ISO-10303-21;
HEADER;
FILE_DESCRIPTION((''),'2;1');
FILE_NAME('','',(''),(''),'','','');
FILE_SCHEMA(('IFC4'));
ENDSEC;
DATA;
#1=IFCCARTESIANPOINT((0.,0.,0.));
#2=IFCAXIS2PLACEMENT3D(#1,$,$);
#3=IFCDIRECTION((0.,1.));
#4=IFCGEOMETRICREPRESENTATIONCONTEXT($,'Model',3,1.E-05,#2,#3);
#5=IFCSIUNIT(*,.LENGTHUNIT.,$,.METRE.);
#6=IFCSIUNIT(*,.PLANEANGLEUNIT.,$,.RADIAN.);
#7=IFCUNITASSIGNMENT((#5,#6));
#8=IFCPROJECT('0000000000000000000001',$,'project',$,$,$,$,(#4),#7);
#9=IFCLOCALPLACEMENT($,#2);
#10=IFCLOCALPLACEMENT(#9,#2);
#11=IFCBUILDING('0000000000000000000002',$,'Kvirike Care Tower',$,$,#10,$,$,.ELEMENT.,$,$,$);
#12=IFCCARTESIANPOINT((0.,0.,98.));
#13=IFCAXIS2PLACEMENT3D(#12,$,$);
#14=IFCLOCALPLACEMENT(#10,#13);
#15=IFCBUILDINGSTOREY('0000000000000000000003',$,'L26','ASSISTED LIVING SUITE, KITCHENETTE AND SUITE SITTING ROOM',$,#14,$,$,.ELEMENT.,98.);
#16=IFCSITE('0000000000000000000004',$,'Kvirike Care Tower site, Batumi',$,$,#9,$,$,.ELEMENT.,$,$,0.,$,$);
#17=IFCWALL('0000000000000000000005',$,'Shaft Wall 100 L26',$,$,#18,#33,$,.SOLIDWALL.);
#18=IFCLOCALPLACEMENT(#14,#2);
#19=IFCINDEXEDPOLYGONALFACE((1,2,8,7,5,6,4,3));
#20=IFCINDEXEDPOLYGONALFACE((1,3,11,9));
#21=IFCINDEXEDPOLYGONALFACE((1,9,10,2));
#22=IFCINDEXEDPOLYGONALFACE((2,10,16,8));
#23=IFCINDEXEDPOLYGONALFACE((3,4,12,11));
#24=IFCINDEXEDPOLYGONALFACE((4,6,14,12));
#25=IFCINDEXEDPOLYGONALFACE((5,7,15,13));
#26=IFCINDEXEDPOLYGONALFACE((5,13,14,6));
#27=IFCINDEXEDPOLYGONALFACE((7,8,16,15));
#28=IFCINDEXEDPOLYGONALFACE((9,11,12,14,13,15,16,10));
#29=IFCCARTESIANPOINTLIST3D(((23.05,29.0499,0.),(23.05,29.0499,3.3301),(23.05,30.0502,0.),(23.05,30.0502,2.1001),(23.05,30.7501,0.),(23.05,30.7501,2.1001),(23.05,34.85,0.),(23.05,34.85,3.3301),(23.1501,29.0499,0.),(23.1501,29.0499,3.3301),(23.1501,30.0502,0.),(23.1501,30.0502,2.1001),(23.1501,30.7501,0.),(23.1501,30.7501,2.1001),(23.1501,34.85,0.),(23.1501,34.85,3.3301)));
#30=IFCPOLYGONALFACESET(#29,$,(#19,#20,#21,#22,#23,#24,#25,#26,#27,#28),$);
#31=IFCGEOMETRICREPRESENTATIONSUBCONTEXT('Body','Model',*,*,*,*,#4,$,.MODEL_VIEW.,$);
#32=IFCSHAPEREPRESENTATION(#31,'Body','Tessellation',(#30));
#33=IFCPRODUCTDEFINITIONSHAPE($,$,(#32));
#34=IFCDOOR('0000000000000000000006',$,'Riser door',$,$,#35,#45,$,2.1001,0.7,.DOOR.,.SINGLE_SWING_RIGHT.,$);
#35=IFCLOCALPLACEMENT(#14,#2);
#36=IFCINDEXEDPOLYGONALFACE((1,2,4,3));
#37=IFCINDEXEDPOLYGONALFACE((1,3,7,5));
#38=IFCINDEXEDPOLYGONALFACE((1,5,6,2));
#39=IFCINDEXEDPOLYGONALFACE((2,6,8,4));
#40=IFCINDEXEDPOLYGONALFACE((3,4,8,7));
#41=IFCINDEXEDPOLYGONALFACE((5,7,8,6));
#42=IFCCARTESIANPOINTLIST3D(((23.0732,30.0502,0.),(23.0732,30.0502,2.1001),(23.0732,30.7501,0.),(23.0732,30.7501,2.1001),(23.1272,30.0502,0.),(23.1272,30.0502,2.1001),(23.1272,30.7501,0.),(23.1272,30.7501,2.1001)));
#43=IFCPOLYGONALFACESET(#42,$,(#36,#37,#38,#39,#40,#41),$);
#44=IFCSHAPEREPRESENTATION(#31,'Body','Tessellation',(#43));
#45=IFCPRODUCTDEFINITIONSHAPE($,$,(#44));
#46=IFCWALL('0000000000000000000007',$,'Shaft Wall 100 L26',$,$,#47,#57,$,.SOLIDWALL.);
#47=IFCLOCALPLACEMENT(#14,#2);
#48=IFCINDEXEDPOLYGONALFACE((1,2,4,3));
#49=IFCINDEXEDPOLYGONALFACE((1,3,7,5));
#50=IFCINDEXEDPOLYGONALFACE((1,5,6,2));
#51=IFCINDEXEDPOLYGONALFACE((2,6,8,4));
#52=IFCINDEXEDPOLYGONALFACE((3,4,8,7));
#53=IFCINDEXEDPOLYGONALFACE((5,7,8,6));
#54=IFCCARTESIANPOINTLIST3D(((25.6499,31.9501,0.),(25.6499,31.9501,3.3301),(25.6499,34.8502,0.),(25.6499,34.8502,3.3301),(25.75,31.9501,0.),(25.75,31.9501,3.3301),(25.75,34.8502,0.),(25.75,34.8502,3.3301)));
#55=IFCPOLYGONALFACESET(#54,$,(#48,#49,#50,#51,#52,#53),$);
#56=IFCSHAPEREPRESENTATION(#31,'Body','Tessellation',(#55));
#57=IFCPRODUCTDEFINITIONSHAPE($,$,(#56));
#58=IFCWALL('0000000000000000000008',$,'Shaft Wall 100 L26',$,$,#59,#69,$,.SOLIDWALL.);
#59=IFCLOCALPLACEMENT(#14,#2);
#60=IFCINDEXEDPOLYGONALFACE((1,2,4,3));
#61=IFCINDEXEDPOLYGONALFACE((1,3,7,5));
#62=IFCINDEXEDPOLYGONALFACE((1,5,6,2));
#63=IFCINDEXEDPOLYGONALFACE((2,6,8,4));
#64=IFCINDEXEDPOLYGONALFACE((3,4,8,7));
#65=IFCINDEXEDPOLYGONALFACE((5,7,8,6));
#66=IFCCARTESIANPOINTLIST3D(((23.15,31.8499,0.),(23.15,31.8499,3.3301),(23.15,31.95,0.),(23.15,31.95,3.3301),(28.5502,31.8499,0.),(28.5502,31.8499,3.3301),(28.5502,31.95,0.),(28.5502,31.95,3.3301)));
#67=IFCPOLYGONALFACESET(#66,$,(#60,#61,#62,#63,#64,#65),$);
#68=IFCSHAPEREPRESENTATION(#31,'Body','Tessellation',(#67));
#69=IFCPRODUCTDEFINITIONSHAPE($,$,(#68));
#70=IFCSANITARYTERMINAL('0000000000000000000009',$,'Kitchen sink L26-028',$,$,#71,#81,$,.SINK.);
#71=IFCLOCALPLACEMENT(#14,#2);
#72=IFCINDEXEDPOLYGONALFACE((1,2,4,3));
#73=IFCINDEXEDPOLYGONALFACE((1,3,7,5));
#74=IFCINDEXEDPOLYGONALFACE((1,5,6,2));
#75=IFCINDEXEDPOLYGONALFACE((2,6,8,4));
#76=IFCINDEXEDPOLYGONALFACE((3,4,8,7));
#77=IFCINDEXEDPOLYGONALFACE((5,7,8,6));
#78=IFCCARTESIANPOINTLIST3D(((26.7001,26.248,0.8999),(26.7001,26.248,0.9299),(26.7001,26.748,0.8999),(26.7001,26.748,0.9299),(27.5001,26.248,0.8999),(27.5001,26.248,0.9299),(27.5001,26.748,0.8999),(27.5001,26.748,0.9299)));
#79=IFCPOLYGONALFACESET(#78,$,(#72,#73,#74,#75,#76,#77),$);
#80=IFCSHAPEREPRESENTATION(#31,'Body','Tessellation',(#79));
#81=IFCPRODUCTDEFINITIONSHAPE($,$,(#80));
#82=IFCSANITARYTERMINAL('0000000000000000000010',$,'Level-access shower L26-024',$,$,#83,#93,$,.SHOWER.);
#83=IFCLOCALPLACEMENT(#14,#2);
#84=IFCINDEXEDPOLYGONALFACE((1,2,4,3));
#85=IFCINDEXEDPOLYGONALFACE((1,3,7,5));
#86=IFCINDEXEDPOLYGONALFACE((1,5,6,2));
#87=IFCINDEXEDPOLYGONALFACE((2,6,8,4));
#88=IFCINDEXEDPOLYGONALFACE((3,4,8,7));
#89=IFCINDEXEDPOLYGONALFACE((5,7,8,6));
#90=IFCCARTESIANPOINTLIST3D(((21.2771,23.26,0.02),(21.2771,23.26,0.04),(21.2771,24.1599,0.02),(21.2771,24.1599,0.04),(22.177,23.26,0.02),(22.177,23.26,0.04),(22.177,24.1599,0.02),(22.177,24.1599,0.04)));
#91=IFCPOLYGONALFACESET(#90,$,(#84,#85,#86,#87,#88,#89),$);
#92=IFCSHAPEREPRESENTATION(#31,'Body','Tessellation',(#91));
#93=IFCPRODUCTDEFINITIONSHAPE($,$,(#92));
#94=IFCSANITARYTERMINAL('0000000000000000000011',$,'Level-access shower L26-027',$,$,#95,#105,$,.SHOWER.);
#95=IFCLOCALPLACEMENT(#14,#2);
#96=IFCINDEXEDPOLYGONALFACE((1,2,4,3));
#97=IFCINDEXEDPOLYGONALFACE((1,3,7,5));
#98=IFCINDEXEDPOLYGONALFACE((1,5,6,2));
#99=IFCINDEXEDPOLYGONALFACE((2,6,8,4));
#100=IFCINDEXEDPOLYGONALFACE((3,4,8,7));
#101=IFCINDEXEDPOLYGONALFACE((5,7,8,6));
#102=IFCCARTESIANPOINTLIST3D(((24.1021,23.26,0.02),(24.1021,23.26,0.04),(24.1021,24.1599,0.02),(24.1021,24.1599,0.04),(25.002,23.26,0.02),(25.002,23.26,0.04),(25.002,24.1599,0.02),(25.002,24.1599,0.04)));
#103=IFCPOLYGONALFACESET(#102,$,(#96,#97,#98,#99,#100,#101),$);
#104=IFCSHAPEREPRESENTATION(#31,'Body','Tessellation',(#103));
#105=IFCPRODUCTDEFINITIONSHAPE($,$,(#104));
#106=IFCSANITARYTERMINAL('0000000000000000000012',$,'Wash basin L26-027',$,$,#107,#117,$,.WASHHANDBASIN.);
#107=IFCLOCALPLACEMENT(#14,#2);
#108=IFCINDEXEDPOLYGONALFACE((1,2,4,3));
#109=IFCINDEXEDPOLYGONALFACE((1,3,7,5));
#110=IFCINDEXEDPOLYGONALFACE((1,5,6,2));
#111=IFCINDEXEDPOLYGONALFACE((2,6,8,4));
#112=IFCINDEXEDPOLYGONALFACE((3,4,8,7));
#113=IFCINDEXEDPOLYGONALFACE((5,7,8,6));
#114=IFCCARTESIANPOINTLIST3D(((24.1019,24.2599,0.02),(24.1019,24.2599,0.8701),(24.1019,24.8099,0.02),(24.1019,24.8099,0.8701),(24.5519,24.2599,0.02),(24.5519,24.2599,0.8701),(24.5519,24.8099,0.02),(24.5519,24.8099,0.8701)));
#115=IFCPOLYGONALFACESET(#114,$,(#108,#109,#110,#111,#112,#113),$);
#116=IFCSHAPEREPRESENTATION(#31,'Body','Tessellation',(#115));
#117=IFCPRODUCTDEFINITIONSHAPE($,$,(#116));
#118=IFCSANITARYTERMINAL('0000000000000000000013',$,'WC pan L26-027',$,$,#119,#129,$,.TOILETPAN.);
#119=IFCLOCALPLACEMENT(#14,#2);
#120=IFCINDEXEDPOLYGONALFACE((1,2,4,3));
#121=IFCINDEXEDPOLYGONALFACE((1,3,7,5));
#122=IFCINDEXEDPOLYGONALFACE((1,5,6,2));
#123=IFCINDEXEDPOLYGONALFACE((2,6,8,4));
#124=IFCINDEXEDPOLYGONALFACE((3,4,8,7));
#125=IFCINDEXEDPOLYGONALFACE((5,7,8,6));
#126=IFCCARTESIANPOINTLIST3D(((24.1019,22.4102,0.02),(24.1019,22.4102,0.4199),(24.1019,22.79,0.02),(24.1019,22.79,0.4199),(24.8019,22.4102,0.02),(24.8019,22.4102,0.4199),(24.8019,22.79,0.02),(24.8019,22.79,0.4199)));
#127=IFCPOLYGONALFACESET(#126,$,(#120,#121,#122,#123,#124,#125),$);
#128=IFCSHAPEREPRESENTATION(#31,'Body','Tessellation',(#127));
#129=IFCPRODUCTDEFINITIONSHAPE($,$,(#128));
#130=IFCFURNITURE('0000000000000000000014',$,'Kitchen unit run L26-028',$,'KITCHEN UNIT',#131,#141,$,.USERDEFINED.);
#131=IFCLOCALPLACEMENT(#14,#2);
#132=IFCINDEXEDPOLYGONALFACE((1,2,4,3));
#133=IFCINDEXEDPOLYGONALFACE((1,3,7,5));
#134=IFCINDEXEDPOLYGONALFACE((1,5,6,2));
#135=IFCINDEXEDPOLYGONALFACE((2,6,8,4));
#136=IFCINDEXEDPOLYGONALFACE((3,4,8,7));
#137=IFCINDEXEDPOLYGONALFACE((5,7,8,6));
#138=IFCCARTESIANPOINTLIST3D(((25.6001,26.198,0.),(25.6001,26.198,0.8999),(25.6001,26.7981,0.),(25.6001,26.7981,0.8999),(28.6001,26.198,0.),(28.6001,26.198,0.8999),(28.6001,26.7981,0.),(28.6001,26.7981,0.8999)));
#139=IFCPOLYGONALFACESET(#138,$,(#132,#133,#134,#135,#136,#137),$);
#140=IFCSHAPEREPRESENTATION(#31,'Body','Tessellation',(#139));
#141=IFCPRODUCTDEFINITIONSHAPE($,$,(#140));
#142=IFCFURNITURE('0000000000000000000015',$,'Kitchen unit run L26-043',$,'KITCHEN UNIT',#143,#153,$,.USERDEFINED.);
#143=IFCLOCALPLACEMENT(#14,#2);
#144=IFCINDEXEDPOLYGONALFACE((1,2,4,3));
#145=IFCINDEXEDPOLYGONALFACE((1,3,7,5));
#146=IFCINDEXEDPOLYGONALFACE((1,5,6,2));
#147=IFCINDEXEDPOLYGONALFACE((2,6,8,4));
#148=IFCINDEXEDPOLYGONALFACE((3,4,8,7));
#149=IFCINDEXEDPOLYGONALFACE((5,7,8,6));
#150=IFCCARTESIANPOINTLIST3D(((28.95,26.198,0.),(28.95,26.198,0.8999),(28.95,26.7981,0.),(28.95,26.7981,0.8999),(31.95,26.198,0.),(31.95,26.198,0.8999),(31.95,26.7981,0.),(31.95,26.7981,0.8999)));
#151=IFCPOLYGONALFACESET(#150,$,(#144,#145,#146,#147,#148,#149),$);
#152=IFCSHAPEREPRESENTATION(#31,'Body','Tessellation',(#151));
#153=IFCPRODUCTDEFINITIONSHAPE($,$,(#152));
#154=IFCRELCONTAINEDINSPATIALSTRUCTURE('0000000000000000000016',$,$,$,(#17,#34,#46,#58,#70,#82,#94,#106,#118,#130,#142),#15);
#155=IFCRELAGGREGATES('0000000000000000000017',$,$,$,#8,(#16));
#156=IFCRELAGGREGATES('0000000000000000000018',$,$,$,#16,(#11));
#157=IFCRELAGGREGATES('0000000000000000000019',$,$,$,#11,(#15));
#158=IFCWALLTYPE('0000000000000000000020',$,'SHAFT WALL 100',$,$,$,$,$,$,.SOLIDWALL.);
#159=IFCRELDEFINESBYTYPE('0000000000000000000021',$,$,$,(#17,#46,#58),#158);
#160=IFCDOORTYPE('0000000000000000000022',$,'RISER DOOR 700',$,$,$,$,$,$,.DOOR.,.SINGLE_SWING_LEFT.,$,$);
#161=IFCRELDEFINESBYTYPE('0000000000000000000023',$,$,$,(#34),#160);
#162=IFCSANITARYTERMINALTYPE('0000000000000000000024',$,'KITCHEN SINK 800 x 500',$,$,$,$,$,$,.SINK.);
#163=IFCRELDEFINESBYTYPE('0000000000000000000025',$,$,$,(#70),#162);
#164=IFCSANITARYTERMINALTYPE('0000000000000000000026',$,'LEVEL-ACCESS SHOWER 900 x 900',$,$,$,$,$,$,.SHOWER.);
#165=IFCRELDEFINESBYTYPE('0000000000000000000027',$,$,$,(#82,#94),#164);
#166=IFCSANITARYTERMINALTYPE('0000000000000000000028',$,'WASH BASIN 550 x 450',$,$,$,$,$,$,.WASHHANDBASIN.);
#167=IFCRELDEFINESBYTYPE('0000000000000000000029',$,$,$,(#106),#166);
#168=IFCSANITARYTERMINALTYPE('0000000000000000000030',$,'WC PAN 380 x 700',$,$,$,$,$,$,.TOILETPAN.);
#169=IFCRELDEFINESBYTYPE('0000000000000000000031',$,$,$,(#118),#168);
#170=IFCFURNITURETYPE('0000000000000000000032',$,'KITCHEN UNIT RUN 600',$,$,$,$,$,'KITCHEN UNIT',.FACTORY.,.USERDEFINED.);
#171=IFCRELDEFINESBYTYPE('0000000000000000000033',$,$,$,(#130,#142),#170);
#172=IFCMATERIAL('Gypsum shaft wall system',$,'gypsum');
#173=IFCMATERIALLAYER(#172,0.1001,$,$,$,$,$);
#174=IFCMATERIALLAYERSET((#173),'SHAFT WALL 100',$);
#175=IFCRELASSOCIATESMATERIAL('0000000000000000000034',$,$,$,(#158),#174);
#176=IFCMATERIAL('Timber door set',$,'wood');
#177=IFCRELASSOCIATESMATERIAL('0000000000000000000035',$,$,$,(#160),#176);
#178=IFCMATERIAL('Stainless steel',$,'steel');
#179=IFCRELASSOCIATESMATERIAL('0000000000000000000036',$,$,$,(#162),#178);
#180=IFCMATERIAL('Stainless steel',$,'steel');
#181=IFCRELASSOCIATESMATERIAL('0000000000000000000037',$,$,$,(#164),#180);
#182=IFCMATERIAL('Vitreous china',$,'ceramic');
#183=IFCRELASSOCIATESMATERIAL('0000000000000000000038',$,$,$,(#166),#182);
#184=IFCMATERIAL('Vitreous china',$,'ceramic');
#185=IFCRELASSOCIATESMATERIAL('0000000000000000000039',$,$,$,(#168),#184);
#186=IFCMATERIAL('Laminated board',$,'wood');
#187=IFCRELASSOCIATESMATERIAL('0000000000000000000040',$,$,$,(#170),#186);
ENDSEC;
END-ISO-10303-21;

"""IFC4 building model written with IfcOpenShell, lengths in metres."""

from ifc_helpers import new_model, si_unit, direction, frame, frame_2d, origin, origin_2d, place, context, subcontext, project, spatial, rectangle, extrude, material, layer, layer_set, type_object, element, fill, save


model = new_model("IFC4")

# Units and contexts
model_context = context("Model", 3, precision=1e-05, world=origin(), true_north=direction((0.0, 1.0)))
body_context = subcontext(model_context, "Body", "Model", "MODEL_VIEW")
ifc_project = project(units=[si_unit("LENGTHUNIT", "METRE"), si_unit("PLANEANGLEUNIT", "RADIAN")], contexts=[model_context])

# Site, building, storey
site_placement = place(None, origin())
site = spatial("IfcSite", under=ifc_project, at=site_placement, Name="Kvirike Care Tower site, Batumi", CompositionType="ELEMENT", RefElevation=0.0)
building_placement = place(site_placement, origin())
building = spatial("IfcBuilding", under=site, at=building_placement, Name="Kvirike Care Tower", CompositionType="ELEMENT")
storey_placement = place(building_placement, frame((0.0, 0.0, 98.0)))
storey = spatial("IfcBuildingStorey", under=building, at=storey_placement, Name="L26", Description="ASSISTED LIVING SUITE, KITCHENETTE AND SUITE SITTING ROOM", CompositionType="ELEMENT", Elevation=98.0)

# Wall, opening, door
ifc_material_1 = material(Name="Gypsum shaft wall system", Category="gypsum")
ifc_layer_1 = layer(ifc_material_1, 0.1001)
ifc_layer_set_1 = layer_set([ifc_layer_1], Name="SHAFT WALL 100")
wall_type_1 = type_object("IfcWallType", Name="SHAFT WALL 100", PredefinedType="SOLIDWALL", material=ifc_layer_set_1)
wall_1_placement = place(storey_placement, frame((23.1001, 29.05, 0.0), z_axis=(0.0, 0.0, 1.0), x_axis=(0.0, 1.0, 0.0)))
wall_1 = element("IfcWall", 1, at=wall_1_placement, inside=storey, type_object=wall_type_1, Name="Shaft Wall 100 L26", PredefinedType="SOLIDWALL", context=body_context, shape_type="SweptSolid", body=[
    extrude(rectangle(XDim=5.8, YDim=0.1001, at=frame_2d((2.8999, 0.0))), origin(), (0.0, 0.0, 1.0), 3.3301),
])
opening_1_placement = place(wall_1_placement, frame((1.0, 0.0, 0.0)))
opening_1 = element("IfcOpeningElement", 2, at=opening_1_placement, cuts=wall_1, PredefinedType="OPENING", context=body_context, shape_type="SweptSolid", body=[
    extrude(rectangle(XDim=0.7, YDim=2.1001, at=frame_2d((0.3501, 1.05))), frame((0.0, 0.0605, 0.0), z_axis=(0.0, -1.0, 0.0), x_axis=(1.0, 0.0, 0.0)), (0.0, 0.0, 1.0), 0.1211),
])
ifc_material_2 = material(Name="Timber door set", Category="wood")
door_type_1 = type_object("IfcDoorType", Name="RISER DOOR 700", OperationType="SINGLE_SWING_LEFT", PredefinedType="DOOR", material=ifc_material_2)
door_1_placement = place(opening_1_placement, origin())
door_1 = element("IfcDoor", 3, at=door_1_placement, inside=storey, type_object=door_type_1, Name="Riser door", OperationType="SINGLE_SWING_RIGHT", OverallHeight=2.1001, OverallWidth=0.7, PredefinedType="DOOR", context=body_context, shape_type="SweptSolid", body=[
    extrude(rectangle(XDim=0.7, YDim=2.1001, at=frame_2d((0.3501, 1.05))), frame((0.0, 0.0269, 0.0), z_axis=(0.0, -1.0, 0.0), x_axis=(1.0, 0.0, 0.0)), (0.0, 0.0, 1.0), 0.054),
])
fill(opening_1, door_1)

# Walls
wall_2_placement = place(storey_placement, frame((25.7, 31.95, 0.0), z_axis=(0.0, 0.0, 1.0), x_axis=(0.0, 1.0, 0.0)))
element("IfcWall", 4, at=wall_2_placement, inside=storey, type_object=wall_type_1, Name="Shaft Wall 100 L26", PredefinedType="SOLIDWALL", context=body_context, shape_type="SweptSolid", body=[
    extrude(rectangle(XDim=2.9001, YDim=0.1001, at=frame_2d((1.4502, 0.0))), origin(), (0.0, 0.0, 1.0), 3.3301),
])
wall_3_placement = place(storey_placement, frame((23.1499, 31.8999, 0.0), z_axis=(0.0, 0.0, 1.0), x_axis=(1.0, 0.0, 0.0)))
element("IfcWall", 5, at=wall_3_placement, inside=storey, type_object=wall_type_1, Name="Shaft Wall 100 L26", PredefinedType="SOLIDWALL", context=body_context, shape_type="SweptSolid", body=[
    extrude(rectangle(XDim=5.4001, YDim=0.1001, at=frame_2d((2.7002, 0.0))), origin(), (0.0, 0.0, 1.0), 3.3301),
])

# Sanitary terminals
ifc_material_3 = material(Name="Stainless steel", Category="steel")
sanitary_terminal_type_1 = type_object("IfcSanitaryTerminalType", Name="KITCHEN SINK 800 x 500", PredefinedType="SINK", material=ifc_material_3)
sanitary_terminal_1_placement = place(storey_placement, frame((27.1001, 26.498, 0.8999), z_axis=(0.0, 0.0, 1.0), x_axis=(1.0, 0.0, 0.0)))
element("IfcSanitaryTerminal", 6, at=sanitary_terminal_1_placement, inside=storey, type_object=sanitary_terminal_type_1, Name="Kitchen sink L26-028", PredefinedType="SINK", context=body_context, shape_type="SweptSolid", body=[
    extrude(rectangle(XDim=0.8, YDim=0.5, at=origin_2d()), origin(), (0.0, 0.0, 1.0), 0.03),
])
ifc_material_4 = material(Name="Stainless steel", Category="steel")
sanitary_terminal_type_2 = type_object("IfcSanitaryTerminalType", Name="LEVEL-ACCESS SHOWER 900 x 900", PredefinedType="SHOWER", material=ifc_material_4)
for number, where, z_axis, x_axis, name in (
    (7, (21.7271, 23.71, 0.02), (0.0, 0.0, 1.0), (0.0, 1.0, 0.0), "Level-access shower L26-024"),
    (8, (24.552, 23.71, 0.02), (0.0, 0.0, 1.0), (0.0, 1.0, 0.0), "Level-access shower L26-027"),
):
    element("IfcSanitaryTerminal", number, at=place(storey_placement, frame(where, z_axis=z_axis, x_axis=x_axis)), inside=storey, type_object=sanitary_terminal_type_2, Name=name, PredefinedType="SHOWER", context=body_context, shape_type="SweptSolid", body=[
        extrude(rectangle(XDim=0.8999, YDim=0.8999, at=origin_2d()), origin(), (0.0, 0.0, 1.0), 0.02),
    ])
ifc_material_5 = material(Name="Vitreous china", Category="ceramic")
sanitary_terminal_type_3 = type_object("IfcSanitaryTerminalType", Name="WASH BASIN 550 x 450", PredefinedType="WASHHANDBASIN", material=ifc_material_5)
sanitary_terminal_2_placement = place(storey_placement, frame((24.3269, 24.5349, 0.02), z_axis=(0.0, 0.0, 1.0), x_axis=(0.0, 1.0, 0.0)))
element("IfcSanitaryTerminal", 9, at=sanitary_terminal_2_placement, inside=storey, type_object=sanitary_terminal_type_3, Name="Wash basin L26-027", PredefinedType="WASHHANDBASIN", context=body_context, shape_type="SweptSolid", body=[
    extrude(rectangle(XDim=0.55, YDim=0.45, at=origin_2d()), origin(), (0.0, 0.0, 1.0), 0.8501),
])
ifc_material_6 = material(Name="Vitreous china", Category="ceramic")
sanitary_terminal_type_4 = type_object("IfcSanitaryTerminalType", Name="WC PAN 380 x 700", PredefinedType="TOILETPAN", material=ifc_material_6)
sanitary_terminal_3_placement = place(storey_placement, frame((24.4519, 22.6001, 0.02), z_axis=(0.0, 0.0, 1.0), x_axis=(0.0, 1.0, 0.0)))
element("IfcSanitaryTerminal", 10, at=sanitary_terminal_3_placement, inside=storey, type_object=sanitary_terminal_type_4, Name="WC pan L26-027", PredefinedType="TOILETPAN", context=body_context, shape_type="SweptSolid", body=[
    extrude(rectangle(XDim=0.3799, YDim=0.7, at=origin_2d()), origin(), (0.0, 0.0, 1.0), 0.3999),
])

# Furniture
ifc_material_7 = material(Name="Laminated board", Category="wood")
furniture_type = type_object("IfcFurnitureType", Name="KITCHEN UNIT RUN 600", ElementType="KITCHEN UNIT", AssemblyPlace="FACTORY", PredefinedType="USERDEFINED", material=ifc_material_7)
for number, where, z_axis, x_axis, name in (
    (11, (27.1001, 26.498, 0.0), (0.0, 0.0, 1.0), (1.0, 0.0, 0.0), "Kitchen unit run L26-028"),
    (12, (30.45, 26.498, 0.0), (0.0, 0.0, 1.0), (1.0, 0.0, 0.0), "Kitchen unit run L26-043"),
):
    element("IfcFurniture", number, at=place(storey_placement, frame(where, z_axis=z_axis, x_axis=x_axis)), inside=storey, type_object=furniture_type, Name=name, ObjectType="KITCHEN UNIT", PredefinedType="USERDEFINED", context=body_context, shape_type="SweptSolid", body=[
        extrude(rectangle(XDim=3.0, YDim=0.6001, at=origin_2d()), origin(), (0.0, 0.0, 1.0), 0.8999),
    ])

save(model, "model.ifc")
